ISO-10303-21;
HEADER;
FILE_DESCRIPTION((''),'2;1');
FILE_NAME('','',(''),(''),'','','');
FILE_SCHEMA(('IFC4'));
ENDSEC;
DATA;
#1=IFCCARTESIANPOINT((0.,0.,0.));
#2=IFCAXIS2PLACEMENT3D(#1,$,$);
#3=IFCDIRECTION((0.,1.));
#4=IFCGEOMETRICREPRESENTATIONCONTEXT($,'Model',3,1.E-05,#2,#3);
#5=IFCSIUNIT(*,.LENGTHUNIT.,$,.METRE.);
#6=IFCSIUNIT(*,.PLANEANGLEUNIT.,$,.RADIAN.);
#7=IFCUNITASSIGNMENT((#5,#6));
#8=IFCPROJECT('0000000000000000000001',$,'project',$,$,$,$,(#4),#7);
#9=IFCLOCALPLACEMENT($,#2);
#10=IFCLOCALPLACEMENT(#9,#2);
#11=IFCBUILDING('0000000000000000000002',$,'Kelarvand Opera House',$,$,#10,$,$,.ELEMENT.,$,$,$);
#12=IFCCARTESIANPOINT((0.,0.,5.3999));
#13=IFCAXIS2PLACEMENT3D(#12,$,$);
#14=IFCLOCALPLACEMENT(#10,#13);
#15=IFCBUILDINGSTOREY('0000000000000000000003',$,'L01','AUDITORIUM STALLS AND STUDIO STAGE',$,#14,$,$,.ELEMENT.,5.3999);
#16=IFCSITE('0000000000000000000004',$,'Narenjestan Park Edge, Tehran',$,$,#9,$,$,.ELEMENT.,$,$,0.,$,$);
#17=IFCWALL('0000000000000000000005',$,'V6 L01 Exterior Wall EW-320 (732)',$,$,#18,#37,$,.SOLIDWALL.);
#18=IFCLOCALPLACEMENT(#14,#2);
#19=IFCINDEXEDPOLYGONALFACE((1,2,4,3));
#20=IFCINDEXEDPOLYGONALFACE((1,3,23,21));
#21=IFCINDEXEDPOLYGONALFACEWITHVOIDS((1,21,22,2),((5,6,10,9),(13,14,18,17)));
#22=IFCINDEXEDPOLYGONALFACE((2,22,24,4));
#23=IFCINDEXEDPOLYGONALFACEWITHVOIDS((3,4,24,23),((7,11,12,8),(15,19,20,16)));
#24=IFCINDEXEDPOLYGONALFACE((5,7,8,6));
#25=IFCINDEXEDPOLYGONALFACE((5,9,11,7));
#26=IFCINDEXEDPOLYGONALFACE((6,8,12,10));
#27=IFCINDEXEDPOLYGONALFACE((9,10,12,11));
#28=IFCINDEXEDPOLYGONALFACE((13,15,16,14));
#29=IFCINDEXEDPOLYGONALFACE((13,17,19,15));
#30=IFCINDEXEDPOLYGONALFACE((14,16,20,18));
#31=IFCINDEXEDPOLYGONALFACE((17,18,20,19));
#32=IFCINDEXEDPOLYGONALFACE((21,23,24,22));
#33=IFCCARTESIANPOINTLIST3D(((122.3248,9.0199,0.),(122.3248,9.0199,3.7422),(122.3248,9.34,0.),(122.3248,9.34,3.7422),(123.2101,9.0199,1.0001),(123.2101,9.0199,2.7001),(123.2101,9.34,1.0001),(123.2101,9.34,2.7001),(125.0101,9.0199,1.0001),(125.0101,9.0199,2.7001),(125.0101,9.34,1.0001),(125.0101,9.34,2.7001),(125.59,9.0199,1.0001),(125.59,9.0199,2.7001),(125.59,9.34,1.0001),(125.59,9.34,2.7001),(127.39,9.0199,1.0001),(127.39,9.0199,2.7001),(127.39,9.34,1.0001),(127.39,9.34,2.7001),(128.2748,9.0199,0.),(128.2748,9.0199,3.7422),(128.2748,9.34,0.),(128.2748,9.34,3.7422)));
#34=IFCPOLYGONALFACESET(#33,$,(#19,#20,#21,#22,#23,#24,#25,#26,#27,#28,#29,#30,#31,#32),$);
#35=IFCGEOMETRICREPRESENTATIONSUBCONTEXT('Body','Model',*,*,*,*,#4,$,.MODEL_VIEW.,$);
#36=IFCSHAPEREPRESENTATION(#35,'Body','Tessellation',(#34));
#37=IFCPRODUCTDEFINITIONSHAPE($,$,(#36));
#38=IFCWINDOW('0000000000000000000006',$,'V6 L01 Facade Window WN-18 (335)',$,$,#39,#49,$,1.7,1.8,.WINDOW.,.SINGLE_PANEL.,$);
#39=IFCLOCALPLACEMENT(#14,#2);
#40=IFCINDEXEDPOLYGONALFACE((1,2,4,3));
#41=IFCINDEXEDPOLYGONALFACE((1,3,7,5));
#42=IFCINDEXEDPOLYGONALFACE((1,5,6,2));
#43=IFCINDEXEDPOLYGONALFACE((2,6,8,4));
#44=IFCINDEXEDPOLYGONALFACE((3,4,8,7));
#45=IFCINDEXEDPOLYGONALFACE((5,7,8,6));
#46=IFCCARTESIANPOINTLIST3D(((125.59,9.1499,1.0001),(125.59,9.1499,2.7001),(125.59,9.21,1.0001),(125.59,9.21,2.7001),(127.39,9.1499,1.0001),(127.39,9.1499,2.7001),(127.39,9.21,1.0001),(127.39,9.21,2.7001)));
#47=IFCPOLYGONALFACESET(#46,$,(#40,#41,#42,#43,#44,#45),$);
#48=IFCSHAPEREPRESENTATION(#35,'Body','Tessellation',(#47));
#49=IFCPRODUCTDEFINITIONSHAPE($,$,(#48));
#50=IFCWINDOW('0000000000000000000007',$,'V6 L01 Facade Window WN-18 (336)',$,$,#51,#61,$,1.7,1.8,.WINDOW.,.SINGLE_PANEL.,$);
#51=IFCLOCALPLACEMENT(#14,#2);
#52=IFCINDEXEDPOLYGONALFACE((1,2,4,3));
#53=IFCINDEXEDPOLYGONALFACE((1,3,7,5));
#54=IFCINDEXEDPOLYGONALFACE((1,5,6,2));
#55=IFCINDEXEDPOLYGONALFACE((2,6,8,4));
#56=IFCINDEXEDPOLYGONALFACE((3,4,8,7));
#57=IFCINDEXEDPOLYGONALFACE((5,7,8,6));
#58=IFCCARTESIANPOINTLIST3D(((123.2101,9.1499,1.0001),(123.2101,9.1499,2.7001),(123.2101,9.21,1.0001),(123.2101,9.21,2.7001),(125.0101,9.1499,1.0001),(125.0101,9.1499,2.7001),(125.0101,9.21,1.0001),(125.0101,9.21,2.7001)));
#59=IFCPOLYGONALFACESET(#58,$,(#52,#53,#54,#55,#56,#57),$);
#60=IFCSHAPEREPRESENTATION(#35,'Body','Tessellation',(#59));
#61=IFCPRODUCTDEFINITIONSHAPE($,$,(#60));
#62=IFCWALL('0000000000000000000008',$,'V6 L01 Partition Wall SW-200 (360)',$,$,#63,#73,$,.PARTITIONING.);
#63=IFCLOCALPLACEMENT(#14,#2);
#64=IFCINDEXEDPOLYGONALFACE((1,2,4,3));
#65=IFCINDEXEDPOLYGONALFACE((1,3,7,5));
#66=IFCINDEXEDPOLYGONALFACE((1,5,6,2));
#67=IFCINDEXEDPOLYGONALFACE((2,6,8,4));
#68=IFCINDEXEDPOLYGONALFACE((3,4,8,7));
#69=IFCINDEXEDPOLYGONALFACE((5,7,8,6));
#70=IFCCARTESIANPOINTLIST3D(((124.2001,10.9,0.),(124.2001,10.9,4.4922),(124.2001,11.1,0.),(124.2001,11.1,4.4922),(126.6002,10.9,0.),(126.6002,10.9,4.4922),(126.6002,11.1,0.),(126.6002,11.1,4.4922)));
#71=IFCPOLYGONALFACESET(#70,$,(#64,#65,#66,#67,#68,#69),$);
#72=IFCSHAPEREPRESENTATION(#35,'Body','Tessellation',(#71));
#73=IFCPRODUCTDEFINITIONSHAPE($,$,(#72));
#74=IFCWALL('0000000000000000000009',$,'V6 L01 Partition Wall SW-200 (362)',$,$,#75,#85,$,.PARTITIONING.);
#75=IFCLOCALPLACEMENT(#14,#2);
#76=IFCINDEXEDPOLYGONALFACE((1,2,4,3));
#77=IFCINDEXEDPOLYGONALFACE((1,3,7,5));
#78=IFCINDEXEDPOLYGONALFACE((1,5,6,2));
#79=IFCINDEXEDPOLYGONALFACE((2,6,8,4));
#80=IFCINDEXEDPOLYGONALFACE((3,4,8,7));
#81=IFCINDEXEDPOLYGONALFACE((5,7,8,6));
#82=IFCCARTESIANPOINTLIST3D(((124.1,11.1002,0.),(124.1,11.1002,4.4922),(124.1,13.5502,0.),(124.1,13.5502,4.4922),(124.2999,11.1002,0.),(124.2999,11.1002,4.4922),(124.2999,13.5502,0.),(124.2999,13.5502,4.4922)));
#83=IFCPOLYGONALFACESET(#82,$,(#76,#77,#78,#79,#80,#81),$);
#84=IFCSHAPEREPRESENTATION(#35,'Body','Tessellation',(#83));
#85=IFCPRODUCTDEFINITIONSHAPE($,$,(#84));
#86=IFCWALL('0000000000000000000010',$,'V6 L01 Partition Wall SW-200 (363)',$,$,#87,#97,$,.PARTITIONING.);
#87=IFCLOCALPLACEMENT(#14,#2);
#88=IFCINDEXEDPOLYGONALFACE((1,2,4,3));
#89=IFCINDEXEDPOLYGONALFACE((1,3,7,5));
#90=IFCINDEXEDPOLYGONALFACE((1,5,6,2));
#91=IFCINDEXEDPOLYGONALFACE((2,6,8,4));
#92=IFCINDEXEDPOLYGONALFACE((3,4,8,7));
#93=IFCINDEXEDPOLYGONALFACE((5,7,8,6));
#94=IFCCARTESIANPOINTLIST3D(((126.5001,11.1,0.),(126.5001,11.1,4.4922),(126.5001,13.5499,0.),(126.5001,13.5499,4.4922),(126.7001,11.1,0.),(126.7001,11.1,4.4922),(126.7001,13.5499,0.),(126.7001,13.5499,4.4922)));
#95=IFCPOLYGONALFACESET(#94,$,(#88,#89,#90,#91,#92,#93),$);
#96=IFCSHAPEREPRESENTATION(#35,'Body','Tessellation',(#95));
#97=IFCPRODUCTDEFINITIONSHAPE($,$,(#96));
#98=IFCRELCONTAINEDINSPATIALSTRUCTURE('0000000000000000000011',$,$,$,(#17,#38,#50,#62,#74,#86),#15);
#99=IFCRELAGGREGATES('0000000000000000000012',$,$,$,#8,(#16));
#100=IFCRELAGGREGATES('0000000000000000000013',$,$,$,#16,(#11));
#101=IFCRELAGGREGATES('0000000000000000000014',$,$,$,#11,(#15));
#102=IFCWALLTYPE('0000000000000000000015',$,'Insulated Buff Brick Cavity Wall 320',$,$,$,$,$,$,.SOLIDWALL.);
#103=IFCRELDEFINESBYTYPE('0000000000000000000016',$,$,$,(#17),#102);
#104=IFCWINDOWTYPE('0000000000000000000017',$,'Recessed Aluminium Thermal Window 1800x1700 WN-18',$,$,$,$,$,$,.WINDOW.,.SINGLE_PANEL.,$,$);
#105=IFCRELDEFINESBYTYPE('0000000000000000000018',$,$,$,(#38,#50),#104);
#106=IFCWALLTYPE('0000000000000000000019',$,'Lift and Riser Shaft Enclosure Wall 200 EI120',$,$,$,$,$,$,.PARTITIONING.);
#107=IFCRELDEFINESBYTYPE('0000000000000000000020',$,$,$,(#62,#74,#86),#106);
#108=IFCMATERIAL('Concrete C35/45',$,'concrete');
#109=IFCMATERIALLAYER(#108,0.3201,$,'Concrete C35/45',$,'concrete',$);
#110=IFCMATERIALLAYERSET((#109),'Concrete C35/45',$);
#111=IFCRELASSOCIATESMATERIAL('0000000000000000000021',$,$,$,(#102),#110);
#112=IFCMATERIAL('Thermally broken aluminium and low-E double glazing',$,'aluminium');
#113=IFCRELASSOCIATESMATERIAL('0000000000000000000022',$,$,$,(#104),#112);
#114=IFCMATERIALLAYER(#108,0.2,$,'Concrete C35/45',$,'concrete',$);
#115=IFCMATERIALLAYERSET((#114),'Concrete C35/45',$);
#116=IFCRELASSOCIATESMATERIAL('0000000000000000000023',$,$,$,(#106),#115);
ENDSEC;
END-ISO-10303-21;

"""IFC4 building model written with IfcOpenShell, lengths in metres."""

from ifc_helpers import new_model, si_unit, direction, frame, frame_2d, origin, place, context, subcontext, project, spatial, rectangle, extrude, material, layer, layer_set, type_object, element, fill, save


model = new_model("IFC4")

# Units and contexts
model_context = context("Model", 3, precision=1e-05, world=origin(), true_north=direction((0.0, 1.0)))
body_context = subcontext(model_context, "Body", "Model", "MODEL_VIEW")
ifc_project = project(units=[si_unit("LENGTHUNIT", "METRE"), si_unit("PLANEANGLEUNIT", "RADIAN")], contexts=[model_context])

# Site, building, storey
site_placement = place(None, origin())
site = spatial("IfcSite", under=ifc_project, at=site_placement, Name="Narenjestan Park Edge, Tehran", CompositionType="ELEMENT", RefElevation=0.0)
building_placement = place(site_placement, origin())
building = spatial("IfcBuilding", under=site, at=building_placement, Name="Kelarvand Opera House", CompositionType="ELEMENT")
storey_placement = place(building_placement, frame((0.0, 0.0, 5.3999)))
storey = spatial("IfcBuildingStorey", under=building, at=storey_placement, Name="L01", Description="AUDITORIUM STALLS AND STUDIO STAGE", CompositionType="ELEMENT", Elevation=5.3999)

# Wall, openings, windows
ifc_material_1 = material(Name="Concrete C35/45", Category="concrete")
ifc_layer_1 = layer(ifc_material_1, 0.3201, Name="Concrete C35/45", Category="concrete")
ifc_layer_set_1 = layer_set([ifc_layer_1], Name="Concrete C35/45")
wall_type_1 = type_object("IfcWallType", Name="Insulated Buff Brick Cavity Wall 320", PredefinedType="SOLIDWALL", material=ifc_layer_set_1)
wall_1_placement = place(storey_placement, frame((128.2749, 9.1799, 0.0), z_axis=(0.0, 0.0, 1.0), x_axis=(-1.0, 0.0, 0.0)))
wall_1 = element("IfcWall", 1, at=wall_1_placement, inside=storey, type_object=wall_type_1, Name="V6 L01 Exterior Wall EW-320 (732)", PredefinedType="SOLIDWALL", context=body_context, shape_type="SweptSolid", body=[
    extrude(rectangle(XDim=5.95, YDim=0.3201, at=frame_2d((2.9751, 0.0))), origin(), (0.0, 0.0, 1.0), 3.7422),
])
opening_1_placement = place(wall_1_placement, frame((0.885, 0.0, 1.0)))
opening_1 = element("IfcOpeningElement", 2, at=opening_1_placement, cuts=wall_1, PredefinedType="OPENING", context=body_context, shape_type="SweptSolid", body=[
    extrude(rectangle(XDim=1.8, YDim=1.7, at=frame_2d((0.8999, 0.8501))), frame((0.0, 0.1699, 0.0), z_axis=(0.0, -1.0, 0.0), x_axis=(1.0, 0.0, 0.0)), (0.0, 0.0, 1.0), 0.3401),
])
opening_2_placement = place(wall_1_placement, frame((3.2649, 0.0, 1.0)))
opening_2 = element("IfcOpeningElement", 3, at=opening_2_placement, cuts=wall_1, PredefinedType="OPENING", context=body_context, shape_type="SweptSolid", body=[
    extrude(rectangle(XDim=1.8, YDim=1.7, at=frame_2d((0.8999, 0.8501))), frame((0.0, 0.1699, 0.0), z_axis=(0.0, -1.0, 0.0), x_axis=(1.0, 0.0, 0.0)), (0.0, 0.0, 1.0), 0.3401),
])
ifc_material_2 = material(Name="Thermally broken aluminium and low-E double glazing", Category="aluminium")
window_type = type_object("IfcWindowType", Name="Recessed Aluminium Thermal Window 1800x1700 WN-18", PartitioningType="SINGLE_PANEL", PredefinedType="WINDOW", material=ifc_material_2)
window_1_placement = place(opening_1_placement, origin())
window_1 = element("IfcWindow", 4, at=window_1_placement, inside=storey, type_object=window_type, Name="V6 L01 Facade Window WN-18 (335)", OverallHeight=1.7, OverallWidth=1.8, PartitioningType="SINGLE_PANEL", PredefinedType="WINDOW", context=body_context, shape_type="SweptSolid", body=[
    extrude(rectangle(XDim=1.8, YDim=1.7, at=frame_2d((0.8999, 0.8501))), frame((0.0, 0.03, 0.0), z_axis=(0.0, -1.0, 0.0), x_axis=(1.0, 0.0, 0.0)), (0.0, 0.0, 1.0), 0.0601),
])
fill(opening_1, window_1)
window_2_placement = place(opening_2_placement, origin())
window_2 = element("IfcWindow", 5, at=window_2_placement, inside=storey, type_object=window_type, Name="V6 L01 Facade Window WN-18 (336)", OverallHeight=1.7, OverallWidth=1.8, PartitioningType="SINGLE_PANEL", PredefinedType="WINDOW", context=body_context, shape_type="SweptSolid", body=[
    extrude(rectangle(XDim=1.8, YDim=1.7, at=frame_2d((0.8999, 0.8501))), frame((0.0, 0.03, 0.0), z_axis=(0.0, -1.0, 0.0), x_axis=(1.0, 0.0, 0.0)), (0.0, 0.0, 1.0), 0.0601),
])
fill(opening_2, window_2)

# Wall
ifc_layer_2 = layer(ifc_material_1, 0.2, Name="Concrete C35/45", Category="concrete")
ifc_layer_set_2 = layer_set([ifc_layer_2], Name="Concrete C35/45")
wall_type_2 = type_object("IfcWallType", Name="Lift and Riser Shaft Enclosure Wall 200 EI120", PredefinedType="PARTITIONING", material=ifc_layer_set_2)
wall_2_placement = place(storey_placement, frame((124.2, 11.0, 0.0), z_axis=(0.0, 0.0, 1.0), x_axis=(1.0, 0.0, 0.0)))
element("IfcWall", 6, at=wall_2_placement, inside=storey, type_object=wall_type_2, Name="V6 L01 Partition Wall SW-200 (360)", PredefinedType="PARTITIONING", context=body_context, shape_type="SweptSolid", body=[
    extrude(rectangle(XDim=2.4001, YDim=0.2, at=frame_2d((1.2002, 0.0))), origin(), (0.0, 0.0, 1.0), 4.4922),
])

# Walls
for number, where, z_axis, x_axis, name in (
    (7, (124.2, 11.1001, 0.0), (0.0, 0.0, 1.0), (0.0, 1.0, 0.0), "V6 L01 Partition Wall SW-200 (362)"),
    (8, (126.6001, 13.55, 0.0), (0.0, 0.0, 1.0), (0.0, -1.0, 0.0), "V6 L01 Partition Wall SW-200 (363)"),
):
    element("IfcWall", number, at=place(storey_placement, frame(where, z_axis=z_axis, x_axis=x_axis)), inside=storey, type_object=wall_type_2, Name=name, PredefinedType="PARTITIONING", context=body_context, shape_type="SweptSolid", body=[
        extrude(rectangle(XDim=2.45, YDim=0.2, at=frame_2d((1.2251, 0.0))), origin(), (0.0, 0.0, 1.0), 4.4922),
    ])

save(model, "model.ifc")
